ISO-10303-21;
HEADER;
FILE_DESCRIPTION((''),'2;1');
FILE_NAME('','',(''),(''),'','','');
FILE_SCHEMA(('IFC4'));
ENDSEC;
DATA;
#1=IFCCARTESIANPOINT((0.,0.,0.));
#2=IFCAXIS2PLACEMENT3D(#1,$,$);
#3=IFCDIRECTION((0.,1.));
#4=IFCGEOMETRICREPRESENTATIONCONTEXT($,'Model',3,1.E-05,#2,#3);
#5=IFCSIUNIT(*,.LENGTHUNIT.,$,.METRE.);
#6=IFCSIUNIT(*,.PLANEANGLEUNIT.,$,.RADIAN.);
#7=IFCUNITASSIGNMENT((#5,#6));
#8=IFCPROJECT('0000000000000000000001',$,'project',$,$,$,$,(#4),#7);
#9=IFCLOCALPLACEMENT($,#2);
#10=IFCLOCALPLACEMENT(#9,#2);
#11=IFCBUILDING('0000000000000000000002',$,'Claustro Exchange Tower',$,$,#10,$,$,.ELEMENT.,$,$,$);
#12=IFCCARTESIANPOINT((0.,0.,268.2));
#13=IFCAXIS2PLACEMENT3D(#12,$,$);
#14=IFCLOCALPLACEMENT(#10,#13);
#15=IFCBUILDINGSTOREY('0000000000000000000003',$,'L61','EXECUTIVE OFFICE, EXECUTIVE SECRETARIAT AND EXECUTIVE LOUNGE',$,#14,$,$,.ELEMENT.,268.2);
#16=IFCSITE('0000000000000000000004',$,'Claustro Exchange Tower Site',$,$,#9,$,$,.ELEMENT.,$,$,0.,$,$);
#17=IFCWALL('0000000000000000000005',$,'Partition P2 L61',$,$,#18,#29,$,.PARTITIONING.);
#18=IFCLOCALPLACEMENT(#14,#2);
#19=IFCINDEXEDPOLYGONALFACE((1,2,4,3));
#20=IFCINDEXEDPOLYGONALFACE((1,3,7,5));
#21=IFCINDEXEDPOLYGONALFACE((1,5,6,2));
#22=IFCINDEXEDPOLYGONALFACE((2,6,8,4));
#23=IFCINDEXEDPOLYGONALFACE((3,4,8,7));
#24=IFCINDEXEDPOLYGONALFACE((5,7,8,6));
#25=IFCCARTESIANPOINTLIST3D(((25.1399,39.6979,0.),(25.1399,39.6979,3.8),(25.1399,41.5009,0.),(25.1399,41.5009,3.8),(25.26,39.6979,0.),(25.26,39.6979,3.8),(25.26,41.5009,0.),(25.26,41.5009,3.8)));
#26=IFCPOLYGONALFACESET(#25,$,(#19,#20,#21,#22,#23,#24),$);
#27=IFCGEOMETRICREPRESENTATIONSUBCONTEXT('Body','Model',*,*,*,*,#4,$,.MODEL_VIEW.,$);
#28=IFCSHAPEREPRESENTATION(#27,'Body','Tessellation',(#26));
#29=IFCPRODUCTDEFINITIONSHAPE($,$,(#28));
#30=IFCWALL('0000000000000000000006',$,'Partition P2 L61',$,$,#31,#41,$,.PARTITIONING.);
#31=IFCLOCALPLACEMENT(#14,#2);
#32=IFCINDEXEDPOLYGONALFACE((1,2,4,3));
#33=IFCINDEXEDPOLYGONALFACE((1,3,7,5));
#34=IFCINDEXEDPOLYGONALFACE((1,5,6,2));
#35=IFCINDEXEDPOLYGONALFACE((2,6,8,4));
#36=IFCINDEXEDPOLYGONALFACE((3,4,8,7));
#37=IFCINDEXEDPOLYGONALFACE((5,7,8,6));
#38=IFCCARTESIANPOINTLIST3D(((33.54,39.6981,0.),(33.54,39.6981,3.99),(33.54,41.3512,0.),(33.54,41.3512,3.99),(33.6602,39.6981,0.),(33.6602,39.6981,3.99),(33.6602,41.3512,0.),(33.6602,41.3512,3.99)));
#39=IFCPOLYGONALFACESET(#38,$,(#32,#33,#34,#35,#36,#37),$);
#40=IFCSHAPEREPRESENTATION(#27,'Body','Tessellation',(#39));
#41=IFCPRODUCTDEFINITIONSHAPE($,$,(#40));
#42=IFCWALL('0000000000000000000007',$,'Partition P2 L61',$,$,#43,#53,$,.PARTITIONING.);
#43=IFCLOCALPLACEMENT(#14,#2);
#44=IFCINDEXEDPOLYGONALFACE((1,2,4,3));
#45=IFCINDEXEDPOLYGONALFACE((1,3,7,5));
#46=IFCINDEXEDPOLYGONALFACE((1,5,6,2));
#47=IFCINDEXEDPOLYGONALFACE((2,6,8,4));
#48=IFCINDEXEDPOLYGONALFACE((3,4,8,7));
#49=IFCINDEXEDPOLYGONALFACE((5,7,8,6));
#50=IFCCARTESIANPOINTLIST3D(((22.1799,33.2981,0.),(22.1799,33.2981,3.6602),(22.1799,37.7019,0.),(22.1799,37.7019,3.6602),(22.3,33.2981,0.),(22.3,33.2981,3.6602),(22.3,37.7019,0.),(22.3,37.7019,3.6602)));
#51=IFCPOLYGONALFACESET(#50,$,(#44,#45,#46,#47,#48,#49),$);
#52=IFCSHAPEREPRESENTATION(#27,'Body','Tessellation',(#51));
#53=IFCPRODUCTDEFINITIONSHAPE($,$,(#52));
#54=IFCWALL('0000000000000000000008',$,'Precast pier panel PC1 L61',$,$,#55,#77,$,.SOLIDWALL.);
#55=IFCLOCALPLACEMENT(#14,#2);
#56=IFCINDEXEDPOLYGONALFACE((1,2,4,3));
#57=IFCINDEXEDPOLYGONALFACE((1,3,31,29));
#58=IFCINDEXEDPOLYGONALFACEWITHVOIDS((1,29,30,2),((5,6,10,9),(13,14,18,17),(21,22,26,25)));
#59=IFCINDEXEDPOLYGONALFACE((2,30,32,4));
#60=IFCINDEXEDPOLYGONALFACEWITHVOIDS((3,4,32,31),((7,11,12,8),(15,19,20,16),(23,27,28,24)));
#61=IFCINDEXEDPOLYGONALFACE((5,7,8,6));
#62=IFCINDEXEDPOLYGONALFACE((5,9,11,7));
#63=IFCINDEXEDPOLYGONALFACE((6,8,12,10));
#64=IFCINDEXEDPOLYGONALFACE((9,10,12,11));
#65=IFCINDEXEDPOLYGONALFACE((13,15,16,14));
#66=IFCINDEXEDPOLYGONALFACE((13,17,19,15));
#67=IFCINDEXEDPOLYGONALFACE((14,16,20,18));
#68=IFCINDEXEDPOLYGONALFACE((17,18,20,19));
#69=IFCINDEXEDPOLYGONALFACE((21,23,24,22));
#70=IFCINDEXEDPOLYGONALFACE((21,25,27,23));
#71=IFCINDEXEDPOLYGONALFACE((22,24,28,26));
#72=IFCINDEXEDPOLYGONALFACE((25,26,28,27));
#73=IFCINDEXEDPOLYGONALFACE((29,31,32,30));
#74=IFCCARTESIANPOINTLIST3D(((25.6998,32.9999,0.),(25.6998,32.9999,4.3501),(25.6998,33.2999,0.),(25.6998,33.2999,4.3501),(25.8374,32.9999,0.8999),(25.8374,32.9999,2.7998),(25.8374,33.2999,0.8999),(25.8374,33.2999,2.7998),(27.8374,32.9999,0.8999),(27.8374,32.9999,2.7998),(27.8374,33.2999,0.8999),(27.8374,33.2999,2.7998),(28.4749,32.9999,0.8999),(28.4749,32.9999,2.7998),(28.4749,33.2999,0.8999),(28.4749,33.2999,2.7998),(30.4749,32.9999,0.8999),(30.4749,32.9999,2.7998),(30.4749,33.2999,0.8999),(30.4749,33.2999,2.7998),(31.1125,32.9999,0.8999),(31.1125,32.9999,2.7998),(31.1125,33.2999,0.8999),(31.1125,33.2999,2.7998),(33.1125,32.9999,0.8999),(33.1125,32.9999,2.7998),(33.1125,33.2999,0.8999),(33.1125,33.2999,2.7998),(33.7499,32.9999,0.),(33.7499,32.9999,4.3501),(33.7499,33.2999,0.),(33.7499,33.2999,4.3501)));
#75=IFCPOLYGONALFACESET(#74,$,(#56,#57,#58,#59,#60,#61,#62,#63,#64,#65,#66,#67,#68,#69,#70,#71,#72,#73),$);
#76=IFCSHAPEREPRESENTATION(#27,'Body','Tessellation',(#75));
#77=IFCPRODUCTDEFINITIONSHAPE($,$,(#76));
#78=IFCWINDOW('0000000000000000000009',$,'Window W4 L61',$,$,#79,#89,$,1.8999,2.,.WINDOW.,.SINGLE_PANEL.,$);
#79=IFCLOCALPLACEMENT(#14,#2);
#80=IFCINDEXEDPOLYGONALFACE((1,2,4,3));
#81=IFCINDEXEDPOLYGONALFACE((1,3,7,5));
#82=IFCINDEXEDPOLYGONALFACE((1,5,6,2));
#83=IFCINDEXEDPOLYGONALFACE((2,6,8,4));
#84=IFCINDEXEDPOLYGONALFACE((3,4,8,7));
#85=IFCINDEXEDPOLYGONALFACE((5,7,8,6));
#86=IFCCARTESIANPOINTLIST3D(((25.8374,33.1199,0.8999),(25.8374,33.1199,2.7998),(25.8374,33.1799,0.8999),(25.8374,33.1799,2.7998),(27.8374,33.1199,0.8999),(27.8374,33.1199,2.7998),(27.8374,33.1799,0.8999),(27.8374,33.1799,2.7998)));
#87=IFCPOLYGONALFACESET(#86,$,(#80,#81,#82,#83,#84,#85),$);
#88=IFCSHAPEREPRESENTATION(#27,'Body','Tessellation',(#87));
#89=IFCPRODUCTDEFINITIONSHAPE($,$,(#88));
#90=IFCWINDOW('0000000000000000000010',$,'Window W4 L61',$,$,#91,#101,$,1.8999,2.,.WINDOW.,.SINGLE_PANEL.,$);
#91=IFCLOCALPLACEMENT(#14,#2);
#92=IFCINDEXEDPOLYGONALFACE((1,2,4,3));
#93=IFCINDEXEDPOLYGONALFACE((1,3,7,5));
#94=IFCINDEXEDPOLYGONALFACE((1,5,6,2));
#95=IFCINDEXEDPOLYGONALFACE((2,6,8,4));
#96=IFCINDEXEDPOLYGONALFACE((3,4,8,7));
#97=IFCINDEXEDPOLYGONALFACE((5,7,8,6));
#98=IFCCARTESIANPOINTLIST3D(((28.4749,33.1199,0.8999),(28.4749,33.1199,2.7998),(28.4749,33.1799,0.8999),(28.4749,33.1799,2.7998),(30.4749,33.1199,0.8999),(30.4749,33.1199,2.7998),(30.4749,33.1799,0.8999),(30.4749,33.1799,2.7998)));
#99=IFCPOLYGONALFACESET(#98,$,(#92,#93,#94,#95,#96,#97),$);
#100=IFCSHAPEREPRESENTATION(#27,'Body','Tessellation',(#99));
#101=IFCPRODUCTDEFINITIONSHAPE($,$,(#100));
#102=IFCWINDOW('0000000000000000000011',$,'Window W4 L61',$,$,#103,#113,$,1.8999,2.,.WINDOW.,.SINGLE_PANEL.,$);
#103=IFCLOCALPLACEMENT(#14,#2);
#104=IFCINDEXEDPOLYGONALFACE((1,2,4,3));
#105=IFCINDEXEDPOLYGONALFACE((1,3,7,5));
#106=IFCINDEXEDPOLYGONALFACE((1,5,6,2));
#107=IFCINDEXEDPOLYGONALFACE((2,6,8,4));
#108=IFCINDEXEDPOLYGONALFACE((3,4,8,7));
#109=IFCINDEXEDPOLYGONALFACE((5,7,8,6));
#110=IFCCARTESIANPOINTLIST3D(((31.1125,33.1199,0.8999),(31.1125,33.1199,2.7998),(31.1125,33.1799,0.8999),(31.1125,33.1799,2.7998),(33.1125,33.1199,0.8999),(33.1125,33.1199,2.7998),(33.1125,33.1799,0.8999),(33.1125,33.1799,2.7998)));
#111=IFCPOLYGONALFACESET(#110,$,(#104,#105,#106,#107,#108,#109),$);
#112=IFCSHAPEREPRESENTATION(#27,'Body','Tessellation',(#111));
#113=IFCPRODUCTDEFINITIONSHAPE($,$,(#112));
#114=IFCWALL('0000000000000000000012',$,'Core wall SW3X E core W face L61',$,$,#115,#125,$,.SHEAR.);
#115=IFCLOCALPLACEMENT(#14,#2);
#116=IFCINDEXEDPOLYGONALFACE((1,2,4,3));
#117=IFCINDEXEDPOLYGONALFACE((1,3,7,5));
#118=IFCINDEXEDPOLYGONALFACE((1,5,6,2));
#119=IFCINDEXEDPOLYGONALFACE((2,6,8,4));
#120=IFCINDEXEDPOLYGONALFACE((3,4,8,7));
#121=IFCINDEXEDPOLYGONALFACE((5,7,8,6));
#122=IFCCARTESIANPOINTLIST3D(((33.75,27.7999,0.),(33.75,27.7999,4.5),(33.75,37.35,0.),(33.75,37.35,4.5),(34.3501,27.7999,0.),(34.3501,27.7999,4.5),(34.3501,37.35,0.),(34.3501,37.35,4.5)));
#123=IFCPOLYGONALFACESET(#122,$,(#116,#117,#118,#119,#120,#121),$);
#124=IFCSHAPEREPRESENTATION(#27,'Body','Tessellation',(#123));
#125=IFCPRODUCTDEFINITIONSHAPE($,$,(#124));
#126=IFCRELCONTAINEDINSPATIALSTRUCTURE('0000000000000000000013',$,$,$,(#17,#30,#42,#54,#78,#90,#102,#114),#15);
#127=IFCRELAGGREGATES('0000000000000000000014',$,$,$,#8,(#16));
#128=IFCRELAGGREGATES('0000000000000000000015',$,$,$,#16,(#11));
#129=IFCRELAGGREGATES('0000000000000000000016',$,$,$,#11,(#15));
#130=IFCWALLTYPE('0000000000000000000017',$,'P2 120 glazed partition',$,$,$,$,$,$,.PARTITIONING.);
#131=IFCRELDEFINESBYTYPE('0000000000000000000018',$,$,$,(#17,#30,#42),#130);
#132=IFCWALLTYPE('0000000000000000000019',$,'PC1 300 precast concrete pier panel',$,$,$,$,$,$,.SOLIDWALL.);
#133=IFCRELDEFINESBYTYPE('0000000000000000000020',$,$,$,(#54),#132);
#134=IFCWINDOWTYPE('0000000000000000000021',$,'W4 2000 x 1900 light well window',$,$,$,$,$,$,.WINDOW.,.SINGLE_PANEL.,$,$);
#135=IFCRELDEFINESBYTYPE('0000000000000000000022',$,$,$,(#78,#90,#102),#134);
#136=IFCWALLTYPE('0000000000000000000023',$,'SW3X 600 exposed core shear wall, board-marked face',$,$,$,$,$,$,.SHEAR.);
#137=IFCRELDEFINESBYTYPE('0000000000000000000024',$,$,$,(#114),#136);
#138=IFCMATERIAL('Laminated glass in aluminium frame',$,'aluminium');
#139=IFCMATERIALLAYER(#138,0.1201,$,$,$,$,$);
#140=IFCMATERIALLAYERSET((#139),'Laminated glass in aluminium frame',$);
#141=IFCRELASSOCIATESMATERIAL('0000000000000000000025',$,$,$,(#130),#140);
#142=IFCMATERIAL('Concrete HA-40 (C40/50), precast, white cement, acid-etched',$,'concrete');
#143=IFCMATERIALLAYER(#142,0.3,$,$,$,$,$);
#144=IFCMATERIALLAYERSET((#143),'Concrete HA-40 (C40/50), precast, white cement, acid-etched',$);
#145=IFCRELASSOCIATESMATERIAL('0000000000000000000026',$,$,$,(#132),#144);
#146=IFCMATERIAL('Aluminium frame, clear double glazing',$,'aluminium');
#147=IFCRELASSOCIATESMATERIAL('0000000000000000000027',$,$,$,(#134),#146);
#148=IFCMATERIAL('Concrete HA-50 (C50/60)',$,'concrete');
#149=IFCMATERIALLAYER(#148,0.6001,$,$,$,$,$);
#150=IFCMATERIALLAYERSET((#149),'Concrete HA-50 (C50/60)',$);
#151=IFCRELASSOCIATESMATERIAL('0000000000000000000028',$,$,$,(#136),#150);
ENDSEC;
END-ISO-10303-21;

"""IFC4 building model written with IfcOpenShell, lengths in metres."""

from ifc_helpers import new_model, si_unit, direction, frame, frame_2d, origin, place, context, subcontext, project, spatial, rectangle, extrude, material, layer, layer_set, type_object, element, fill, save


model = new_model("IFC4")

# Units and contexts
model_context = context("Model", 3, precision=1e-05, world=origin(), true_north=direction((0.0, 1.0)))
body_context = subcontext(model_context, "Body", "Model", "MODEL_VIEW")
ifc_project = project(units=[si_unit("LENGTHUNIT", "METRE"), si_unit("PLANEANGLEUNIT", "RADIAN")], contexts=[model_context])

# Site, building, storey
site_placement = place(None, origin())
site = spatial("IfcSite", under=ifc_project, at=site_placement, Name="Claustro Exchange Tower Site", CompositionType="ELEMENT", RefElevation=0.0)
building_placement = place(site_placement, origin())
building = spatial("IfcBuilding", under=site, at=building_placement, Name="Claustro Exchange Tower", CompositionType="ELEMENT")
storey_placement = place(building_placement, frame((0.0, 0.0, 268.2)))
storey = spatial("IfcBuildingStorey", under=building, at=storey_placement, Name="L61", Description="EXECUTIVE OFFICE, EXECUTIVE SECRETARIAT AND EXECUTIVE LOUNGE", CompositionType="ELEMENT", Elevation=268.2)

# Walls
ifc_material_1 = material(Name="Laminated glass in aluminium frame", Category="aluminium")
ifc_layer_1 = layer(ifc_material_1, 0.1201)
ifc_layer_set_1 = layer_set([ifc_layer_1], Name="Laminated glass in aluminium frame")
wall_type_1 = type_object("IfcWallType", Name="P2 120 glazed partition", PredefinedType="PARTITIONING", material=ifc_layer_set_1)
wall_1_placement = place(storey_placement, frame((25.2, 39.698, 0.0), z_axis=(0.0, 0.0, 1.0), x_axis=(0.0, 1.0, 0.0)))
element("IfcWall", 1, at=wall_1_placement, inside=storey, type_object=wall_type_1, Name="Partition P2 L61", PredefinedType="PARTITIONING", context=body_context, shape_type="SweptSolid", body=[
    extrude(rectangle(XDim=1.803, YDim=0.1201, at=frame_2d((0.9014, 0.0))), origin(), (0.0, 0.0, 1.0), 3.8),
])
wall_2_placement = place(storey_placement, frame((33.6001, 39.698, 0.0), z_axis=(0.0, 0.0, 1.0), x_axis=(0.0, 1.0, 0.0)))
element("IfcWall", 2, at=wall_2_placement, inside=storey, type_object=wall_type_1, Name="Partition P2 L61", PredefinedType="PARTITIONING", context=body_context, shape_type="SweptSolid", body=[
    extrude(rectangle(XDim=1.6531, YDim=0.1201, at=frame_2d((0.8267, 0.0))), origin(), (0.0, 0.0, 1.0), 3.99),
])
wall_3_placement = place(storey_placement, frame((22.24, 33.2981, 0.0), z_axis=(0.0, 0.0, 1.0), x_axis=(0.0, 1.0, 0.0)))
element("IfcWall", 3, at=wall_3_placement, inside=storey, type_object=wall_type_1, Name="Partition P2 L61", PredefinedType="PARTITIONING", context=body_context, shape_type="SweptSolid", body=[
    extrude(rectangle(XDim=4.4038, YDim=0.1201, at=frame_2d((2.2019, 0.0))), origin(), (0.0, 0.0, 1.0), 3.6602),
])

# Wall, openings, windows
ifc_material_2 = material(Name="Concrete HA-40 (C40/50), precast, white cement, acid-etched", Category="concrete")
ifc_layer_2 = layer(ifc_material_2, 0.3)
ifc_layer_set_2 = layer_set([ifc_layer_2], Name="Concrete HA-40 (C40/50), precast, white cement, acid-etched")
wall_type_2 = type_object("IfcWallType", Name="PC1 300 precast concrete pier panel", PredefinedType="SOLIDWALL", material=ifc_layer_set_2)
wall_4_placement = place(storey_placement, frame((25.7, 33.1499, 0.0), z_axis=(0.0, 0.0, 1.0), x_axis=(1.0, 0.0, 0.0)))
wall_4 = element("IfcWall", 4, at=wall_4_placement, inside=storey, type_object=wall_type_2, Name="Precast pier panel PC1 L61", PredefinedType="SOLIDWALL", context=body_context, shape_type="SweptSolid", body=[
    extrude(rectangle(XDim=8.05, YDim=0.3, at=frame_2d((4.0249, 0.0))), origin(), (0.0, 0.0, 1.0), 4.3501),
])
opening_1_placement = place(wall_4_placement, frame((0.1375, 0.0, 0.8999)))
opening_1 = element("IfcOpeningElement", 5, at=opening_1_placement, cuts=wall_4, PredefinedType="OPENING", context=body_context, shape_type="SweptSolid", body=[
    extrude(rectangle(XDim=2.0, YDim=1.8999, at=frame_2d((1.0, 0.95))), frame((0.0, 0.1599, 0.0), z_axis=(0.0, -1.0, 0.0), x_axis=(1.0, 0.0, 0.0)), (0.0, 0.0, 1.0), 0.3201),
])
opening_2_placement = place(wall_4_placement, frame((2.7749, 0.0, 0.8999)))
opening_2 = element("IfcOpeningElement", 6, at=opening_2_placement, cuts=wall_4, PredefinedType="OPENING", context=body_context, shape_type="SweptSolid", body=[
    extrude(rectangle(XDim=2.0, YDim=1.8999, at=frame_2d((1.0, 0.95))), frame((0.0, 0.1599, 0.0), z_axis=(0.0, -1.0, 0.0), x_axis=(1.0, 0.0, 0.0)), (0.0, 0.0, 1.0), 0.3201),
])
opening_3_placement = place(wall_4_placement, frame((5.4126, 0.0, 0.8999)))
opening_3 = element("IfcOpeningElement", 7, at=opening_3_placement, cuts=wall_4, PredefinedType="OPENING", context=body_context, shape_type="SweptSolid", body=[
    extrude(rectangle(XDim=2.0, YDim=1.8999, at=frame_2d((1.0, 0.95))), frame((0.0, 0.1599, 0.0), z_axis=(0.0, -1.0, 0.0), x_axis=(1.0, 0.0, 0.0)), (0.0, 0.0, 1.0), 0.3201),
])
ifc_material_3 = material(Name="Aluminium frame, clear double glazing", Category="aluminium")
window_type = type_object("IfcWindowType", Name="W4 2000 x 1900 light well window", PartitioningType="SINGLE_PANEL", PredefinedType="WINDOW", material=ifc_material_3)
window_1_placement = place(opening_1_placement, origin())
window_1 = element("IfcWindow", 8, at=window_1_placement, inside=storey, type_object=window_type, Name="Window W4 L61", OverallHeight=1.8999, OverallWidth=2.0, PartitioningType="SINGLE_PANEL", PredefinedType="WINDOW", context=body_context, shape_type="SweptSolid", body=[
    extrude(rectangle(XDim=2.0, YDim=1.8999, at=frame_2d((1.0, 0.95))), frame((0.0, 0.03, 0.0), z_axis=(0.0, -1.0, 0.0), x_axis=(1.0, 0.0, 0.0)), (0.0, 0.0, 1.0), 0.0601),
])
fill(opening_1, window_1)
window_2_placement = place(opening_2_placement, origin())
window_2 = element("IfcWindow", 9, at=window_2_placement, inside=storey, type_object=window_type, Name="Window W4 L61", OverallHeight=1.8999, OverallWidth=2.0, PartitioningType="SINGLE_PANEL", PredefinedType="WINDOW", context=body_context, shape_type="SweptSolid", body=[
    extrude(rectangle(XDim=2.0, YDim=1.8999, at=frame_2d((1.0, 0.95))), frame((0.0, 0.03, 0.0), z_axis=(0.0, -1.0, 0.0), x_axis=(1.0, 0.0, 0.0)), (0.0, 0.0, 1.0), 0.0601),
])
fill(opening_2, window_2)
window_3_placement = place(opening_3_placement, origin())
window_3 = element("IfcWindow", 10, at=window_3_placement, inside=storey, type_object=window_type, Name="Window W4 L61", OverallHeight=1.8999, OverallWidth=2.0, PartitioningType="SINGLE_PANEL", PredefinedType="WINDOW", context=body_context, shape_type="SweptSolid", body=[
    extrude(rectangle(XDim=2.0, YDim=1.8999, at=frame_2d((1.0, 0.95))), frame((0.0, 0.03, 0.0), z_axis=(0.0, -1.0, 0.0), x_axis=(1.0, 0.0, 0.0)), (0.0, 0.0, 1.0), 0.0601),
])
fill(opening_3, window_3)

# Wall
ifc_material_4 = material(Name="Concrete HA-50 (C50/60)", Category="concrete")
ifc_layer_3 = layer(ifc_material_4, 0.6001)
ifc_layer_set_3 = layer_set([ifc_layer_3], Name="Concrete HA-50 (C50/60)")
wall_type_3 = type_object("IfcWallType", Name="SW3X 600 exposed core shear wall, board-marked face", PredefinedType="SHEAR", material=ifc_layer_set_3)
wall_5_placement = place(storey_placement, frame((34.05, 27.8, 0.0), z_axis=(0.0, 0.0, 1.0), x_axis=(0.0, 1.0, 0.0)))
element("IfcWall", 11, at=wall_5_placement, inside=storey, type_object=wall_type_3, Name="Core wall SW3X E core W face L61", PredefinedType="SHEAR", context=body_context, shape_type="SweptSolid", body=[
    extrude(rectangle(XDim=9.55, YDim=0.6001, at=frame_2d((4.7749, 0.0))), origin(), (0.0, 0.0, 1.0), 4.5),
])

save(model, "model.ifc")
